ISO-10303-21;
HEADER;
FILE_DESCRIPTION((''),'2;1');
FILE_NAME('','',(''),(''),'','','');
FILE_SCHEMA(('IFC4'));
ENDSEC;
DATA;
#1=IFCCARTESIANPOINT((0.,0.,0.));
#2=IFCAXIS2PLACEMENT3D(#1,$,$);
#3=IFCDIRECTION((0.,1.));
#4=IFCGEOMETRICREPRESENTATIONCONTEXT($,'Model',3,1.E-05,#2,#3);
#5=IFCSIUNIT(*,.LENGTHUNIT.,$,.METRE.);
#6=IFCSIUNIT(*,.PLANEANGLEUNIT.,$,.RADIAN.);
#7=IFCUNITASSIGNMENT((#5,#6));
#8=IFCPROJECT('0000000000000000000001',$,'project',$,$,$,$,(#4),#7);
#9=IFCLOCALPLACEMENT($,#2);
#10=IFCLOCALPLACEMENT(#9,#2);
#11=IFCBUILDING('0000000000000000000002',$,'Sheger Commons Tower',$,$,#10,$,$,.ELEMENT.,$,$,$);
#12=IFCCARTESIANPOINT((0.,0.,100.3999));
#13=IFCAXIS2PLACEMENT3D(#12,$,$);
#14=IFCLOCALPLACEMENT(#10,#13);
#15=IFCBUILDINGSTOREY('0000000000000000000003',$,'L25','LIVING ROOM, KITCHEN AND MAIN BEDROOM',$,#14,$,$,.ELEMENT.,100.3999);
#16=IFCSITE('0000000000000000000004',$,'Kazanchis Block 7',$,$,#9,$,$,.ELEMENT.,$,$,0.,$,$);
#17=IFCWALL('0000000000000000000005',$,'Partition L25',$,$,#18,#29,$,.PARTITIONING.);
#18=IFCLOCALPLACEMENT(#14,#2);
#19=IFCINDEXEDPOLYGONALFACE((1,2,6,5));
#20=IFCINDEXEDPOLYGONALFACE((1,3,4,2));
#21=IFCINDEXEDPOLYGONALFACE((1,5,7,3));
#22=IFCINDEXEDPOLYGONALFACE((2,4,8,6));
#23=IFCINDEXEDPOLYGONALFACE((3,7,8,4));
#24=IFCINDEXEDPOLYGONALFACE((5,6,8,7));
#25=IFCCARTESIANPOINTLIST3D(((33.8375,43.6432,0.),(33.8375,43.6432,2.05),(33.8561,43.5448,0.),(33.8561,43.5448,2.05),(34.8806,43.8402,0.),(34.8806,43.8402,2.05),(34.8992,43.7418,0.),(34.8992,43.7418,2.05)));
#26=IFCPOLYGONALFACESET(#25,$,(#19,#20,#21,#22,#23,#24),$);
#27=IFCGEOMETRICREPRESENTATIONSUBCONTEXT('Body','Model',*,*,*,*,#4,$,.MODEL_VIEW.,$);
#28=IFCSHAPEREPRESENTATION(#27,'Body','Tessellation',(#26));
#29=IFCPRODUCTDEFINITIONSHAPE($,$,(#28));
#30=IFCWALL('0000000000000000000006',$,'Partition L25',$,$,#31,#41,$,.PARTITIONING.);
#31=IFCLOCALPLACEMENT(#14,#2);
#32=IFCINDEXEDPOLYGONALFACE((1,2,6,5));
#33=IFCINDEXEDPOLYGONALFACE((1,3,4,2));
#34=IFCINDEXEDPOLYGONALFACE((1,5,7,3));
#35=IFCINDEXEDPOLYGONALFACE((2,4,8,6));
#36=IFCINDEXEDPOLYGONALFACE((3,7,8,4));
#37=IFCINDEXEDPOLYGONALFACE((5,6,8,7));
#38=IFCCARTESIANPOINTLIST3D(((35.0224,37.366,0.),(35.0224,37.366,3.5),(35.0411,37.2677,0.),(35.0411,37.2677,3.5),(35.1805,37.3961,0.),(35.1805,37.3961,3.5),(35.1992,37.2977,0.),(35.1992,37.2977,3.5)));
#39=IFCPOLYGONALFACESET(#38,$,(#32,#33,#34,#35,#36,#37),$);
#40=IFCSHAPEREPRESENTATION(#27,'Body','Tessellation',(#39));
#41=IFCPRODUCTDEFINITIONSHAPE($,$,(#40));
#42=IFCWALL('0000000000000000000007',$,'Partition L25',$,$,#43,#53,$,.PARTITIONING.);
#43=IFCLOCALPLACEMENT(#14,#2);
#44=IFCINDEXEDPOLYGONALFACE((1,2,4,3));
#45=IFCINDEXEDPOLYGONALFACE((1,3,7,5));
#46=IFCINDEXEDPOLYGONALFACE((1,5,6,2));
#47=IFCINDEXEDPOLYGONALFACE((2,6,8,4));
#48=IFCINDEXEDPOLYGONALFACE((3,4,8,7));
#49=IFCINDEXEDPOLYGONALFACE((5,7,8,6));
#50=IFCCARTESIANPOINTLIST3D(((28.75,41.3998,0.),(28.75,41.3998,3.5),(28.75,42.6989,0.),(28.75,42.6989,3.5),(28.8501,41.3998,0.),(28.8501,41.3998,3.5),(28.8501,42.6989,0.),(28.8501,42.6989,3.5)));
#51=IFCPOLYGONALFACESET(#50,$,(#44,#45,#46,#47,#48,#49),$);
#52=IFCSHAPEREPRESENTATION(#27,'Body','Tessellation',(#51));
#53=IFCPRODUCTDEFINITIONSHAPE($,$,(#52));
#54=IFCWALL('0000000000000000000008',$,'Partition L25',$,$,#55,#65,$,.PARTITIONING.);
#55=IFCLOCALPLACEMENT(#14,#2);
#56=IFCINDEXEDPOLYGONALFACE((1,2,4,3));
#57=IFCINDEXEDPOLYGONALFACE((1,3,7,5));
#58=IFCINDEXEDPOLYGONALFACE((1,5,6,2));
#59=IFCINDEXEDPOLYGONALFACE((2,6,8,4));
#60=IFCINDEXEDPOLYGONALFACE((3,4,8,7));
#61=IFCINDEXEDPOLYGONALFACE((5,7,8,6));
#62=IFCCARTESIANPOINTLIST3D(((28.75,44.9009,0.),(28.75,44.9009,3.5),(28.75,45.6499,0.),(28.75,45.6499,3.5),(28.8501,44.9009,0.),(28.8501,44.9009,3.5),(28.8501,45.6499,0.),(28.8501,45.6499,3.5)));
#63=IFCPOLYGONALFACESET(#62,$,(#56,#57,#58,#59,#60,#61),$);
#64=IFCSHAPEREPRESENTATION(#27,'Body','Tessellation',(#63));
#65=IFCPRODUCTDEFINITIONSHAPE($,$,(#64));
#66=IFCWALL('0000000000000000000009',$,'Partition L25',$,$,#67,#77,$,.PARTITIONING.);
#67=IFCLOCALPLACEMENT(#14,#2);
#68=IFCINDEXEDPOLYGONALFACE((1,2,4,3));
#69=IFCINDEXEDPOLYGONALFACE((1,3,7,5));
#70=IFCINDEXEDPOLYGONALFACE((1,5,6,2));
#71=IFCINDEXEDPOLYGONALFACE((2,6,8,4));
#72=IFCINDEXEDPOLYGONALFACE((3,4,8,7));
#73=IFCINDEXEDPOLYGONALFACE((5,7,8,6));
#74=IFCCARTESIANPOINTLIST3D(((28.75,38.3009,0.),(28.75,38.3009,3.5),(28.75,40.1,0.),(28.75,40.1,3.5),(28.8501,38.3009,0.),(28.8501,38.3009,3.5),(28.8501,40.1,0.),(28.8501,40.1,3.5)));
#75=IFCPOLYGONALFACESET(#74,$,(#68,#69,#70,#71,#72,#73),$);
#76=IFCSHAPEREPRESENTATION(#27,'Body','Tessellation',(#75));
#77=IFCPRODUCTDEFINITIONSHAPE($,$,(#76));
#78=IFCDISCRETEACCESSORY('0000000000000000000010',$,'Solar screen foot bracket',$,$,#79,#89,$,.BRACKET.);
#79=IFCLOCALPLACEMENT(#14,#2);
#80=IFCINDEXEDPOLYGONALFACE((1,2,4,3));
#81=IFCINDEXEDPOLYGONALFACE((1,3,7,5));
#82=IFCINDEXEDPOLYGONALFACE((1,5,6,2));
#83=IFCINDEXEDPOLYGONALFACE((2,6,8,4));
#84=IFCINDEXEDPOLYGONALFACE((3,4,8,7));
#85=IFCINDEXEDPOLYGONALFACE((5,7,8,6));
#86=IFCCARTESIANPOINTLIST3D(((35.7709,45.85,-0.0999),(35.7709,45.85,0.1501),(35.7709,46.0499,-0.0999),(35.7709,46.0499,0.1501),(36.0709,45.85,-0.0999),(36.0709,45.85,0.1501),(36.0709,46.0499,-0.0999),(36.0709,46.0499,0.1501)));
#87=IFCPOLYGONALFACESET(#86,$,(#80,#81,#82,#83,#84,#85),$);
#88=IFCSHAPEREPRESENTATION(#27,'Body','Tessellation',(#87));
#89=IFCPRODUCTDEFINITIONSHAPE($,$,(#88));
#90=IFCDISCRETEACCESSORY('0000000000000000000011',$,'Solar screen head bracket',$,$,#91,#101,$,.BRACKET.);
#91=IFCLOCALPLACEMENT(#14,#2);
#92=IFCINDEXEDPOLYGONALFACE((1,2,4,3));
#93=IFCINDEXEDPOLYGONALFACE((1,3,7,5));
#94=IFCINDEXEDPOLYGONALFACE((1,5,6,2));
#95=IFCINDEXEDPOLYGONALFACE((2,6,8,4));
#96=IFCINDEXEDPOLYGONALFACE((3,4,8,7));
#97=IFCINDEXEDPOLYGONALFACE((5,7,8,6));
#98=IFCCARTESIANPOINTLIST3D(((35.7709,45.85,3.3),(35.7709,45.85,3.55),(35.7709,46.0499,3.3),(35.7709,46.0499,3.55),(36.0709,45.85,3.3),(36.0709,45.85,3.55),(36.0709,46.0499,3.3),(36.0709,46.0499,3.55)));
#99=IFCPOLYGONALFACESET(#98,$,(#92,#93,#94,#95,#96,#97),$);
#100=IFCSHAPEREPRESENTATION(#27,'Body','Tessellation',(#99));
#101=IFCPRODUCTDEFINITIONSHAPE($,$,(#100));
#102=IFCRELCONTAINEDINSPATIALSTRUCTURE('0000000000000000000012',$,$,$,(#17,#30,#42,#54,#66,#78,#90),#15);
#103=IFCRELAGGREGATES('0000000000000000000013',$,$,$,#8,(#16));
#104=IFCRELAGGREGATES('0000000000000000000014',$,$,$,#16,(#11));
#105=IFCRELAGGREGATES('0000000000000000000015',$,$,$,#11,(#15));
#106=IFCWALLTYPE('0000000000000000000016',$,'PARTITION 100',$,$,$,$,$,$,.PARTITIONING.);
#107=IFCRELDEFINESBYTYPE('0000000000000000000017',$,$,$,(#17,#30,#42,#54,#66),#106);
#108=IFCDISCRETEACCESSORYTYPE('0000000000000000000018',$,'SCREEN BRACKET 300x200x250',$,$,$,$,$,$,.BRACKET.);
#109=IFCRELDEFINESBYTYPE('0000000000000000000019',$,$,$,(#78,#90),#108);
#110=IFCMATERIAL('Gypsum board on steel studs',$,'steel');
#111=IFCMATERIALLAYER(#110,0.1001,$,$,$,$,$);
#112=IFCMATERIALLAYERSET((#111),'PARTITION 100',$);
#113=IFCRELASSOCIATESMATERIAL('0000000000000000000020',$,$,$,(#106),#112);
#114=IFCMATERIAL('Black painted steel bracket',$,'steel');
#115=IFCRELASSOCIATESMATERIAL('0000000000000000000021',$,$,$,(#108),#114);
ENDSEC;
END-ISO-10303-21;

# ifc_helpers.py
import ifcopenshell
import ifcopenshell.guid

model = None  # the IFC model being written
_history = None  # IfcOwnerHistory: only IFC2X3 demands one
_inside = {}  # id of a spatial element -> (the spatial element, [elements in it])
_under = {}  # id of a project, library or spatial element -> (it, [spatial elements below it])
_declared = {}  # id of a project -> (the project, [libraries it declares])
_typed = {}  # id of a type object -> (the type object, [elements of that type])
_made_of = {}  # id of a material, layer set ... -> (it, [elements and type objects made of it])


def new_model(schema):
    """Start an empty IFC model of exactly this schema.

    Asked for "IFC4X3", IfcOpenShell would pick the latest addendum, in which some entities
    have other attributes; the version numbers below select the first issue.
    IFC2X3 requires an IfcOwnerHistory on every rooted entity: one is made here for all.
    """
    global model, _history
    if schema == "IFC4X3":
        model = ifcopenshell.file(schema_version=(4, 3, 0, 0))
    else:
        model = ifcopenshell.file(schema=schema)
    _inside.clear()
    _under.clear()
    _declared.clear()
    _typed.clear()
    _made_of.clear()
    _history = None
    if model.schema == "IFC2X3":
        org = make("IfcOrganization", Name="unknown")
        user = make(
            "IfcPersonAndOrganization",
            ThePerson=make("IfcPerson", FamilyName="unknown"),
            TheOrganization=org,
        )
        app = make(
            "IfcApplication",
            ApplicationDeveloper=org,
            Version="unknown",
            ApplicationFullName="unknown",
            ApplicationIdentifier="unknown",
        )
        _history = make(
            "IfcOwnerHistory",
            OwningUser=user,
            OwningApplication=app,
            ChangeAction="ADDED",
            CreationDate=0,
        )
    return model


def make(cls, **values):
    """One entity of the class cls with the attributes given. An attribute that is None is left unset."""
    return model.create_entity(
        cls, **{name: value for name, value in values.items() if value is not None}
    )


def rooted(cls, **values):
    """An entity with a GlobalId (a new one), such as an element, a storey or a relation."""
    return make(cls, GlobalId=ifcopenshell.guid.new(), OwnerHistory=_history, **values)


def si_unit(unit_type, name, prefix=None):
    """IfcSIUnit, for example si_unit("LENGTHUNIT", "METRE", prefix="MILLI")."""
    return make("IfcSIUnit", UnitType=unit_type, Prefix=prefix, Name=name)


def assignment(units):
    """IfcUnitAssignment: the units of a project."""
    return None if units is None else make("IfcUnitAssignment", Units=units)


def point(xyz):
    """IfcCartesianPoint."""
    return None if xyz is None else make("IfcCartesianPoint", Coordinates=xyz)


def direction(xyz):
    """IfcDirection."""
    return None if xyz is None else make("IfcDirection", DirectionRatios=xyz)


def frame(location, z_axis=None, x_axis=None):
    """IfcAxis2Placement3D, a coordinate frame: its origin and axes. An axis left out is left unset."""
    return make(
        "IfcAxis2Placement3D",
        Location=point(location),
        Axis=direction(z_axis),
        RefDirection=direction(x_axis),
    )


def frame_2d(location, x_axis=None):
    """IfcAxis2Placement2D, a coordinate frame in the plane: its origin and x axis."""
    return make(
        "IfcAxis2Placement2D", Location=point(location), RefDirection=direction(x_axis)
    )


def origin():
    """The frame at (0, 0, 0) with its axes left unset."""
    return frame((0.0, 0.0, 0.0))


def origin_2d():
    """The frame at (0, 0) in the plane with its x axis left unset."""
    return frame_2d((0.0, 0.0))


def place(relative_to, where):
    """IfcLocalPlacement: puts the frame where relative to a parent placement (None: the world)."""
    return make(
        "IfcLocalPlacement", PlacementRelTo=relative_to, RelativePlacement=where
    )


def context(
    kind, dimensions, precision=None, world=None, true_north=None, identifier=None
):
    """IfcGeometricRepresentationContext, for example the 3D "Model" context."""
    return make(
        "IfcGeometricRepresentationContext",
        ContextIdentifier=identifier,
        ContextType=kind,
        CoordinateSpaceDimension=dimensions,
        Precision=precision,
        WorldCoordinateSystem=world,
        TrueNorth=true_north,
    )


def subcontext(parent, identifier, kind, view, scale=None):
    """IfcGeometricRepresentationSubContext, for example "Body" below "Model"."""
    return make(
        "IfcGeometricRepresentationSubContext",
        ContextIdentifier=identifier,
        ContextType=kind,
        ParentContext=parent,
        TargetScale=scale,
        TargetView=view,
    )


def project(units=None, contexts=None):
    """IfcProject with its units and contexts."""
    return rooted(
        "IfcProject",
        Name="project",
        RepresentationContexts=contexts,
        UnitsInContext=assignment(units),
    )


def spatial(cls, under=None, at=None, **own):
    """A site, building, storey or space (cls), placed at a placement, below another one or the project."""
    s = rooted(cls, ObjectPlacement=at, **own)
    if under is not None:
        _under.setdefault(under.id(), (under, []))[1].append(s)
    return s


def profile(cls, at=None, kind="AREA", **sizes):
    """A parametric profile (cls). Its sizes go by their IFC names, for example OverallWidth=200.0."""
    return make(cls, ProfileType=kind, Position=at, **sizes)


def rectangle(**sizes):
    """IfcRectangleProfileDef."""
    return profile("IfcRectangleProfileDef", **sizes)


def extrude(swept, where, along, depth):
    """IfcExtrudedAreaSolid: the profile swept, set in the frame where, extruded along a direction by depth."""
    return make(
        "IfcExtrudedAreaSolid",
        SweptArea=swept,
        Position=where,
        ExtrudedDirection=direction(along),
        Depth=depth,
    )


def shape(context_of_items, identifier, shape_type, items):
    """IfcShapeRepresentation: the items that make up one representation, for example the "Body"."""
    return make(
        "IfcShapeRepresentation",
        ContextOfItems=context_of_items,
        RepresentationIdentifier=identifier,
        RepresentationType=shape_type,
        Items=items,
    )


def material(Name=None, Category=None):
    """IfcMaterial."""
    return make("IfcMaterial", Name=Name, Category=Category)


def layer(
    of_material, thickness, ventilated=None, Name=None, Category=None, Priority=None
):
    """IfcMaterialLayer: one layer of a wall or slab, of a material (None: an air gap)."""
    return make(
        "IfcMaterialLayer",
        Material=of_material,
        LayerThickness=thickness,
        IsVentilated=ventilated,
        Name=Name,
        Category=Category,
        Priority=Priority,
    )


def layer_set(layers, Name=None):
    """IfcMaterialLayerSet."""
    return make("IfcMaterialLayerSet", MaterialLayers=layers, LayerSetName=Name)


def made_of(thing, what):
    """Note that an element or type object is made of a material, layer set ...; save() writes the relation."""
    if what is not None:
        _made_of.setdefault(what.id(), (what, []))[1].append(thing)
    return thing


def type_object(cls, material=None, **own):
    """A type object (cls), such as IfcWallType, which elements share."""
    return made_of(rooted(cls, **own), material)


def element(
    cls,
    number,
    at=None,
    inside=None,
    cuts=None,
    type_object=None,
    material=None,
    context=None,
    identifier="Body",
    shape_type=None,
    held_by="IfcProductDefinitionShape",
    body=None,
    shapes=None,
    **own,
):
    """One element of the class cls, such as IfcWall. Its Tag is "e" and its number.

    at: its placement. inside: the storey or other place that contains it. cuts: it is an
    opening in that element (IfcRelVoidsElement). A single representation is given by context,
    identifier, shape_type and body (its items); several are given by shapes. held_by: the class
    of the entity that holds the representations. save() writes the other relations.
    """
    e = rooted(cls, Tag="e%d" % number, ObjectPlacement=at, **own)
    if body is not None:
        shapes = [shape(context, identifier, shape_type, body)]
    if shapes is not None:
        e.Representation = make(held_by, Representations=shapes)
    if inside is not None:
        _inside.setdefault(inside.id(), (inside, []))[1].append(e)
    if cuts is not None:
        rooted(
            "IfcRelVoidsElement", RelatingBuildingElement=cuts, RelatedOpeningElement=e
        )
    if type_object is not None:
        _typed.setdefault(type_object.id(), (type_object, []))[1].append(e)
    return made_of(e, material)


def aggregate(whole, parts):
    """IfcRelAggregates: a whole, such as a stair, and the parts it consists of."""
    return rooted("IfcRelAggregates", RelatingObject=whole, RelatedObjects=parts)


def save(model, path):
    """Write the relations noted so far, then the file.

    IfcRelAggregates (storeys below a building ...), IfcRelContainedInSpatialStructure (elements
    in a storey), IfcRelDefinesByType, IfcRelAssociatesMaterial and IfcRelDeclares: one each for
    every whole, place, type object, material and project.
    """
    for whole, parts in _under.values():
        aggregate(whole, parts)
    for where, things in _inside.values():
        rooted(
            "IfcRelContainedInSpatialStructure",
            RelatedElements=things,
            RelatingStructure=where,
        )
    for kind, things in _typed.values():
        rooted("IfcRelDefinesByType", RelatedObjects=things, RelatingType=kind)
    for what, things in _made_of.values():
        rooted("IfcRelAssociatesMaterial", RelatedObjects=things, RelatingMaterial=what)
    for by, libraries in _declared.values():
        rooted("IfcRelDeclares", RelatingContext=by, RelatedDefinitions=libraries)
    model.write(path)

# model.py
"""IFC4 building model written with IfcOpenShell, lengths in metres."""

from ifc_helpers import new_model, si_unit, direction, frame, frame_2d, origin, origin_2d, place, context, subcontext, project, spatial, rectangle, extrude, material, layer, layer_set, type_object, element, save


model = new_model("IFC4")

# Units and contexts
model_context = context("Model", 3, precision=1e-05, world=origin(), true_north=direction((0.0, 1.0)))
body_context = subcontext(model_context, "Body", "Model", "MODEL_VIEW")
ifc_project = project(units=[si_unit("LENGTHUNIT", "METRE"), si_unit("PLANEANGLEUNIT", "RADIAN")], contexts=[model_context])

# Site, building, storey
site_placement = place(None, origin())
site = spatial("IfcSite", under=ifc_project, at=site_placement, Name="Kazanchis Block 7", CompositionType="ELEMENT", RefElevation=0.0)
building_placement = place(site_placement, origin())
building = spatial("IfcBuilding", under=site, at=building_placement, Name="Sheger Commons Tower", CompositionType="ELEMENT")
storey_placement = place(building_placement, frame((0.0, 0.0, 100.3999)))
storey = spatial("IfcBuildingStorey", under=building, at=storey_placement, Name="L25", Description="LIVING ROOM, KITCHEN AND MAIN BEDROOM", CompositionType="ELEMENT", Elevation=100.3999)

# Walls
ifc_material_1 = material(Name="Gypsum board on steel studs", Category="steel")
ifc_layer_1 = layer(ifc_material_1, 0.1001)
ifc_layer_set_1 = layer_set([ifc_layer_1], Name="PARTITION 100")
wall_type_1 = type_object("IfcWallType", Name="PARTITION 100", PredefinedType="PARTITIONING", material=ifc_layer_set_1)
wall_1_placement = place(storey_placement, frame((34.8899, 43.791, 0.0), z_axis=(0.0, 0.0, 1.0), x_axis=(-0.982621, -0.185622, 0.0)))
element("IfcWall", 1, at=wall_1_placement, inside=storey, type_object=wall_type_1, Name="Partition L25", PredefinedType="PARTITIONING", context=body_context, shape_type="SweptSolid", body=[
    extrude(rectangle(XDim=1.0615, YDim=0.1001, at=frame_2d((0.5308, 0.0))), origin(), (0.0, 0.0, 1.0), 2.05),
])
wall_2_placement = place(storey_placement, frame((35.1899, 37.3469, 0.0), z_axis=(0.0, 0.0, 1.0), x_axis=(-0.982405, -0.186763, 0.0)))
element("IfcWall", 2, at=wall_2_placement, inside=storey, type_object=wall_type_1, Name="Partition L25", PredefinedType="PARTITIONING", context=body_context, shape_type="SweptSolid", body=[
    extrude(rectangle(XDim=0.1609, YDim=0.1001, at=frame_2d((0.0806, 0.0))), origin(), (0.0, 0.0, 1.0), 3.5),
])
wall_3_placement = place(storey_placement, frame((28.8, 41.3999, 0.0), z_axis=(0.0, 0.0, 1.0), x_axis=(0.0, 1.0, 0.0)))
element("IfcWall", 3, at=wall_3_placement, inside=storey, type_object=wall_type_1, Name="Partition L25", PredefinedType="PARTITIONING", context=body_context, shape_type="SweptSolid", body=[
    extrude(rectangle(XDim=1.2991, YDim=0.1001, at=frame_2d((0.6494, 0.0))), origin(), (0.0, 0.0, 1.0), 3.5),
])
wall_4_placement = place(storey_placement, frame((28.8, 44.9009, 0.0), z_axis=(0.0, 0.0, 1.0), x_axis=(0.0, 1.0, 0.0)))
element("IfcWall", 4, at=wall_4_placement, inside=storey, type_object=wall_type_1, Name="Partition L25", PredefinedType="PARTITIONING", context=body_context, shape_type="SweptSolid", body=[
    extrude(rectangle(XDim=0.749, YDim=0.1001, at=frame_2d((0.3745, 0.0))), origin(), (0.0, 0.0, 1.0), 3.5),
])
wall_5_placement = place(storey_placement, frame((28.8, 38.301, 0.0), z_axis=(0.0, 0.0, 1.0), x_axis=(0.0, 1.0, 0.0)))
element("IfcWall", 5, at=wall_5_placement, inside=storey, type_object=wall_type_1, Name="Partition L25", PredefinedType="PARTITIONING", context=body_context, shape_type="SweptSolid", body=[
    extrude(rectangle(XDim=1.7991, YDim=0.1001, at=frame_2d((0.8994, 0.0))), origin(), (0.0, 0.0, 1.0), 3.5),
])

# Discrete accessories
ifc_material_2 = material(Name="Black painted steel bracket", Category="steel")
discrete_accessory_type = type_object("IfcDiscreteAccessoryType", Name="SCREEN BRACKET 300x200x250", PredefinedType="BRACKET", material=ifc_material_2)
for number, where, z_axis, x_axis, name in (
    (6, (35.9209, 45.95, -0.0999), (0.0, 0.0, 1.0), (-1.0, 0.0, 0.0), "Solar screen foot bracket"),
    (7, (35.9209, 45.95, 3.3), (0.0, 0.0, 1.0), (-1.0, 0.0, 0.0), "Solar screen head bracket"),
):
    element("IfcDiscreteAccessory", number, at=place(storey_placement, frame(where, z_axis=z_axis, x_axis=x_axis)), inside=storey, type_object=discrete_accessory_type, Name=name, PredefinedType="BRACKET", context=body_context, shape_type="SweptSolid", body=[
        extrude(rectangle(XDim=0.3, YDim=0.2, at=origin_2d()), origin(), (0.0, 0.0, 1.0), 0.25),
    ])

save(model, "model.ifc")
